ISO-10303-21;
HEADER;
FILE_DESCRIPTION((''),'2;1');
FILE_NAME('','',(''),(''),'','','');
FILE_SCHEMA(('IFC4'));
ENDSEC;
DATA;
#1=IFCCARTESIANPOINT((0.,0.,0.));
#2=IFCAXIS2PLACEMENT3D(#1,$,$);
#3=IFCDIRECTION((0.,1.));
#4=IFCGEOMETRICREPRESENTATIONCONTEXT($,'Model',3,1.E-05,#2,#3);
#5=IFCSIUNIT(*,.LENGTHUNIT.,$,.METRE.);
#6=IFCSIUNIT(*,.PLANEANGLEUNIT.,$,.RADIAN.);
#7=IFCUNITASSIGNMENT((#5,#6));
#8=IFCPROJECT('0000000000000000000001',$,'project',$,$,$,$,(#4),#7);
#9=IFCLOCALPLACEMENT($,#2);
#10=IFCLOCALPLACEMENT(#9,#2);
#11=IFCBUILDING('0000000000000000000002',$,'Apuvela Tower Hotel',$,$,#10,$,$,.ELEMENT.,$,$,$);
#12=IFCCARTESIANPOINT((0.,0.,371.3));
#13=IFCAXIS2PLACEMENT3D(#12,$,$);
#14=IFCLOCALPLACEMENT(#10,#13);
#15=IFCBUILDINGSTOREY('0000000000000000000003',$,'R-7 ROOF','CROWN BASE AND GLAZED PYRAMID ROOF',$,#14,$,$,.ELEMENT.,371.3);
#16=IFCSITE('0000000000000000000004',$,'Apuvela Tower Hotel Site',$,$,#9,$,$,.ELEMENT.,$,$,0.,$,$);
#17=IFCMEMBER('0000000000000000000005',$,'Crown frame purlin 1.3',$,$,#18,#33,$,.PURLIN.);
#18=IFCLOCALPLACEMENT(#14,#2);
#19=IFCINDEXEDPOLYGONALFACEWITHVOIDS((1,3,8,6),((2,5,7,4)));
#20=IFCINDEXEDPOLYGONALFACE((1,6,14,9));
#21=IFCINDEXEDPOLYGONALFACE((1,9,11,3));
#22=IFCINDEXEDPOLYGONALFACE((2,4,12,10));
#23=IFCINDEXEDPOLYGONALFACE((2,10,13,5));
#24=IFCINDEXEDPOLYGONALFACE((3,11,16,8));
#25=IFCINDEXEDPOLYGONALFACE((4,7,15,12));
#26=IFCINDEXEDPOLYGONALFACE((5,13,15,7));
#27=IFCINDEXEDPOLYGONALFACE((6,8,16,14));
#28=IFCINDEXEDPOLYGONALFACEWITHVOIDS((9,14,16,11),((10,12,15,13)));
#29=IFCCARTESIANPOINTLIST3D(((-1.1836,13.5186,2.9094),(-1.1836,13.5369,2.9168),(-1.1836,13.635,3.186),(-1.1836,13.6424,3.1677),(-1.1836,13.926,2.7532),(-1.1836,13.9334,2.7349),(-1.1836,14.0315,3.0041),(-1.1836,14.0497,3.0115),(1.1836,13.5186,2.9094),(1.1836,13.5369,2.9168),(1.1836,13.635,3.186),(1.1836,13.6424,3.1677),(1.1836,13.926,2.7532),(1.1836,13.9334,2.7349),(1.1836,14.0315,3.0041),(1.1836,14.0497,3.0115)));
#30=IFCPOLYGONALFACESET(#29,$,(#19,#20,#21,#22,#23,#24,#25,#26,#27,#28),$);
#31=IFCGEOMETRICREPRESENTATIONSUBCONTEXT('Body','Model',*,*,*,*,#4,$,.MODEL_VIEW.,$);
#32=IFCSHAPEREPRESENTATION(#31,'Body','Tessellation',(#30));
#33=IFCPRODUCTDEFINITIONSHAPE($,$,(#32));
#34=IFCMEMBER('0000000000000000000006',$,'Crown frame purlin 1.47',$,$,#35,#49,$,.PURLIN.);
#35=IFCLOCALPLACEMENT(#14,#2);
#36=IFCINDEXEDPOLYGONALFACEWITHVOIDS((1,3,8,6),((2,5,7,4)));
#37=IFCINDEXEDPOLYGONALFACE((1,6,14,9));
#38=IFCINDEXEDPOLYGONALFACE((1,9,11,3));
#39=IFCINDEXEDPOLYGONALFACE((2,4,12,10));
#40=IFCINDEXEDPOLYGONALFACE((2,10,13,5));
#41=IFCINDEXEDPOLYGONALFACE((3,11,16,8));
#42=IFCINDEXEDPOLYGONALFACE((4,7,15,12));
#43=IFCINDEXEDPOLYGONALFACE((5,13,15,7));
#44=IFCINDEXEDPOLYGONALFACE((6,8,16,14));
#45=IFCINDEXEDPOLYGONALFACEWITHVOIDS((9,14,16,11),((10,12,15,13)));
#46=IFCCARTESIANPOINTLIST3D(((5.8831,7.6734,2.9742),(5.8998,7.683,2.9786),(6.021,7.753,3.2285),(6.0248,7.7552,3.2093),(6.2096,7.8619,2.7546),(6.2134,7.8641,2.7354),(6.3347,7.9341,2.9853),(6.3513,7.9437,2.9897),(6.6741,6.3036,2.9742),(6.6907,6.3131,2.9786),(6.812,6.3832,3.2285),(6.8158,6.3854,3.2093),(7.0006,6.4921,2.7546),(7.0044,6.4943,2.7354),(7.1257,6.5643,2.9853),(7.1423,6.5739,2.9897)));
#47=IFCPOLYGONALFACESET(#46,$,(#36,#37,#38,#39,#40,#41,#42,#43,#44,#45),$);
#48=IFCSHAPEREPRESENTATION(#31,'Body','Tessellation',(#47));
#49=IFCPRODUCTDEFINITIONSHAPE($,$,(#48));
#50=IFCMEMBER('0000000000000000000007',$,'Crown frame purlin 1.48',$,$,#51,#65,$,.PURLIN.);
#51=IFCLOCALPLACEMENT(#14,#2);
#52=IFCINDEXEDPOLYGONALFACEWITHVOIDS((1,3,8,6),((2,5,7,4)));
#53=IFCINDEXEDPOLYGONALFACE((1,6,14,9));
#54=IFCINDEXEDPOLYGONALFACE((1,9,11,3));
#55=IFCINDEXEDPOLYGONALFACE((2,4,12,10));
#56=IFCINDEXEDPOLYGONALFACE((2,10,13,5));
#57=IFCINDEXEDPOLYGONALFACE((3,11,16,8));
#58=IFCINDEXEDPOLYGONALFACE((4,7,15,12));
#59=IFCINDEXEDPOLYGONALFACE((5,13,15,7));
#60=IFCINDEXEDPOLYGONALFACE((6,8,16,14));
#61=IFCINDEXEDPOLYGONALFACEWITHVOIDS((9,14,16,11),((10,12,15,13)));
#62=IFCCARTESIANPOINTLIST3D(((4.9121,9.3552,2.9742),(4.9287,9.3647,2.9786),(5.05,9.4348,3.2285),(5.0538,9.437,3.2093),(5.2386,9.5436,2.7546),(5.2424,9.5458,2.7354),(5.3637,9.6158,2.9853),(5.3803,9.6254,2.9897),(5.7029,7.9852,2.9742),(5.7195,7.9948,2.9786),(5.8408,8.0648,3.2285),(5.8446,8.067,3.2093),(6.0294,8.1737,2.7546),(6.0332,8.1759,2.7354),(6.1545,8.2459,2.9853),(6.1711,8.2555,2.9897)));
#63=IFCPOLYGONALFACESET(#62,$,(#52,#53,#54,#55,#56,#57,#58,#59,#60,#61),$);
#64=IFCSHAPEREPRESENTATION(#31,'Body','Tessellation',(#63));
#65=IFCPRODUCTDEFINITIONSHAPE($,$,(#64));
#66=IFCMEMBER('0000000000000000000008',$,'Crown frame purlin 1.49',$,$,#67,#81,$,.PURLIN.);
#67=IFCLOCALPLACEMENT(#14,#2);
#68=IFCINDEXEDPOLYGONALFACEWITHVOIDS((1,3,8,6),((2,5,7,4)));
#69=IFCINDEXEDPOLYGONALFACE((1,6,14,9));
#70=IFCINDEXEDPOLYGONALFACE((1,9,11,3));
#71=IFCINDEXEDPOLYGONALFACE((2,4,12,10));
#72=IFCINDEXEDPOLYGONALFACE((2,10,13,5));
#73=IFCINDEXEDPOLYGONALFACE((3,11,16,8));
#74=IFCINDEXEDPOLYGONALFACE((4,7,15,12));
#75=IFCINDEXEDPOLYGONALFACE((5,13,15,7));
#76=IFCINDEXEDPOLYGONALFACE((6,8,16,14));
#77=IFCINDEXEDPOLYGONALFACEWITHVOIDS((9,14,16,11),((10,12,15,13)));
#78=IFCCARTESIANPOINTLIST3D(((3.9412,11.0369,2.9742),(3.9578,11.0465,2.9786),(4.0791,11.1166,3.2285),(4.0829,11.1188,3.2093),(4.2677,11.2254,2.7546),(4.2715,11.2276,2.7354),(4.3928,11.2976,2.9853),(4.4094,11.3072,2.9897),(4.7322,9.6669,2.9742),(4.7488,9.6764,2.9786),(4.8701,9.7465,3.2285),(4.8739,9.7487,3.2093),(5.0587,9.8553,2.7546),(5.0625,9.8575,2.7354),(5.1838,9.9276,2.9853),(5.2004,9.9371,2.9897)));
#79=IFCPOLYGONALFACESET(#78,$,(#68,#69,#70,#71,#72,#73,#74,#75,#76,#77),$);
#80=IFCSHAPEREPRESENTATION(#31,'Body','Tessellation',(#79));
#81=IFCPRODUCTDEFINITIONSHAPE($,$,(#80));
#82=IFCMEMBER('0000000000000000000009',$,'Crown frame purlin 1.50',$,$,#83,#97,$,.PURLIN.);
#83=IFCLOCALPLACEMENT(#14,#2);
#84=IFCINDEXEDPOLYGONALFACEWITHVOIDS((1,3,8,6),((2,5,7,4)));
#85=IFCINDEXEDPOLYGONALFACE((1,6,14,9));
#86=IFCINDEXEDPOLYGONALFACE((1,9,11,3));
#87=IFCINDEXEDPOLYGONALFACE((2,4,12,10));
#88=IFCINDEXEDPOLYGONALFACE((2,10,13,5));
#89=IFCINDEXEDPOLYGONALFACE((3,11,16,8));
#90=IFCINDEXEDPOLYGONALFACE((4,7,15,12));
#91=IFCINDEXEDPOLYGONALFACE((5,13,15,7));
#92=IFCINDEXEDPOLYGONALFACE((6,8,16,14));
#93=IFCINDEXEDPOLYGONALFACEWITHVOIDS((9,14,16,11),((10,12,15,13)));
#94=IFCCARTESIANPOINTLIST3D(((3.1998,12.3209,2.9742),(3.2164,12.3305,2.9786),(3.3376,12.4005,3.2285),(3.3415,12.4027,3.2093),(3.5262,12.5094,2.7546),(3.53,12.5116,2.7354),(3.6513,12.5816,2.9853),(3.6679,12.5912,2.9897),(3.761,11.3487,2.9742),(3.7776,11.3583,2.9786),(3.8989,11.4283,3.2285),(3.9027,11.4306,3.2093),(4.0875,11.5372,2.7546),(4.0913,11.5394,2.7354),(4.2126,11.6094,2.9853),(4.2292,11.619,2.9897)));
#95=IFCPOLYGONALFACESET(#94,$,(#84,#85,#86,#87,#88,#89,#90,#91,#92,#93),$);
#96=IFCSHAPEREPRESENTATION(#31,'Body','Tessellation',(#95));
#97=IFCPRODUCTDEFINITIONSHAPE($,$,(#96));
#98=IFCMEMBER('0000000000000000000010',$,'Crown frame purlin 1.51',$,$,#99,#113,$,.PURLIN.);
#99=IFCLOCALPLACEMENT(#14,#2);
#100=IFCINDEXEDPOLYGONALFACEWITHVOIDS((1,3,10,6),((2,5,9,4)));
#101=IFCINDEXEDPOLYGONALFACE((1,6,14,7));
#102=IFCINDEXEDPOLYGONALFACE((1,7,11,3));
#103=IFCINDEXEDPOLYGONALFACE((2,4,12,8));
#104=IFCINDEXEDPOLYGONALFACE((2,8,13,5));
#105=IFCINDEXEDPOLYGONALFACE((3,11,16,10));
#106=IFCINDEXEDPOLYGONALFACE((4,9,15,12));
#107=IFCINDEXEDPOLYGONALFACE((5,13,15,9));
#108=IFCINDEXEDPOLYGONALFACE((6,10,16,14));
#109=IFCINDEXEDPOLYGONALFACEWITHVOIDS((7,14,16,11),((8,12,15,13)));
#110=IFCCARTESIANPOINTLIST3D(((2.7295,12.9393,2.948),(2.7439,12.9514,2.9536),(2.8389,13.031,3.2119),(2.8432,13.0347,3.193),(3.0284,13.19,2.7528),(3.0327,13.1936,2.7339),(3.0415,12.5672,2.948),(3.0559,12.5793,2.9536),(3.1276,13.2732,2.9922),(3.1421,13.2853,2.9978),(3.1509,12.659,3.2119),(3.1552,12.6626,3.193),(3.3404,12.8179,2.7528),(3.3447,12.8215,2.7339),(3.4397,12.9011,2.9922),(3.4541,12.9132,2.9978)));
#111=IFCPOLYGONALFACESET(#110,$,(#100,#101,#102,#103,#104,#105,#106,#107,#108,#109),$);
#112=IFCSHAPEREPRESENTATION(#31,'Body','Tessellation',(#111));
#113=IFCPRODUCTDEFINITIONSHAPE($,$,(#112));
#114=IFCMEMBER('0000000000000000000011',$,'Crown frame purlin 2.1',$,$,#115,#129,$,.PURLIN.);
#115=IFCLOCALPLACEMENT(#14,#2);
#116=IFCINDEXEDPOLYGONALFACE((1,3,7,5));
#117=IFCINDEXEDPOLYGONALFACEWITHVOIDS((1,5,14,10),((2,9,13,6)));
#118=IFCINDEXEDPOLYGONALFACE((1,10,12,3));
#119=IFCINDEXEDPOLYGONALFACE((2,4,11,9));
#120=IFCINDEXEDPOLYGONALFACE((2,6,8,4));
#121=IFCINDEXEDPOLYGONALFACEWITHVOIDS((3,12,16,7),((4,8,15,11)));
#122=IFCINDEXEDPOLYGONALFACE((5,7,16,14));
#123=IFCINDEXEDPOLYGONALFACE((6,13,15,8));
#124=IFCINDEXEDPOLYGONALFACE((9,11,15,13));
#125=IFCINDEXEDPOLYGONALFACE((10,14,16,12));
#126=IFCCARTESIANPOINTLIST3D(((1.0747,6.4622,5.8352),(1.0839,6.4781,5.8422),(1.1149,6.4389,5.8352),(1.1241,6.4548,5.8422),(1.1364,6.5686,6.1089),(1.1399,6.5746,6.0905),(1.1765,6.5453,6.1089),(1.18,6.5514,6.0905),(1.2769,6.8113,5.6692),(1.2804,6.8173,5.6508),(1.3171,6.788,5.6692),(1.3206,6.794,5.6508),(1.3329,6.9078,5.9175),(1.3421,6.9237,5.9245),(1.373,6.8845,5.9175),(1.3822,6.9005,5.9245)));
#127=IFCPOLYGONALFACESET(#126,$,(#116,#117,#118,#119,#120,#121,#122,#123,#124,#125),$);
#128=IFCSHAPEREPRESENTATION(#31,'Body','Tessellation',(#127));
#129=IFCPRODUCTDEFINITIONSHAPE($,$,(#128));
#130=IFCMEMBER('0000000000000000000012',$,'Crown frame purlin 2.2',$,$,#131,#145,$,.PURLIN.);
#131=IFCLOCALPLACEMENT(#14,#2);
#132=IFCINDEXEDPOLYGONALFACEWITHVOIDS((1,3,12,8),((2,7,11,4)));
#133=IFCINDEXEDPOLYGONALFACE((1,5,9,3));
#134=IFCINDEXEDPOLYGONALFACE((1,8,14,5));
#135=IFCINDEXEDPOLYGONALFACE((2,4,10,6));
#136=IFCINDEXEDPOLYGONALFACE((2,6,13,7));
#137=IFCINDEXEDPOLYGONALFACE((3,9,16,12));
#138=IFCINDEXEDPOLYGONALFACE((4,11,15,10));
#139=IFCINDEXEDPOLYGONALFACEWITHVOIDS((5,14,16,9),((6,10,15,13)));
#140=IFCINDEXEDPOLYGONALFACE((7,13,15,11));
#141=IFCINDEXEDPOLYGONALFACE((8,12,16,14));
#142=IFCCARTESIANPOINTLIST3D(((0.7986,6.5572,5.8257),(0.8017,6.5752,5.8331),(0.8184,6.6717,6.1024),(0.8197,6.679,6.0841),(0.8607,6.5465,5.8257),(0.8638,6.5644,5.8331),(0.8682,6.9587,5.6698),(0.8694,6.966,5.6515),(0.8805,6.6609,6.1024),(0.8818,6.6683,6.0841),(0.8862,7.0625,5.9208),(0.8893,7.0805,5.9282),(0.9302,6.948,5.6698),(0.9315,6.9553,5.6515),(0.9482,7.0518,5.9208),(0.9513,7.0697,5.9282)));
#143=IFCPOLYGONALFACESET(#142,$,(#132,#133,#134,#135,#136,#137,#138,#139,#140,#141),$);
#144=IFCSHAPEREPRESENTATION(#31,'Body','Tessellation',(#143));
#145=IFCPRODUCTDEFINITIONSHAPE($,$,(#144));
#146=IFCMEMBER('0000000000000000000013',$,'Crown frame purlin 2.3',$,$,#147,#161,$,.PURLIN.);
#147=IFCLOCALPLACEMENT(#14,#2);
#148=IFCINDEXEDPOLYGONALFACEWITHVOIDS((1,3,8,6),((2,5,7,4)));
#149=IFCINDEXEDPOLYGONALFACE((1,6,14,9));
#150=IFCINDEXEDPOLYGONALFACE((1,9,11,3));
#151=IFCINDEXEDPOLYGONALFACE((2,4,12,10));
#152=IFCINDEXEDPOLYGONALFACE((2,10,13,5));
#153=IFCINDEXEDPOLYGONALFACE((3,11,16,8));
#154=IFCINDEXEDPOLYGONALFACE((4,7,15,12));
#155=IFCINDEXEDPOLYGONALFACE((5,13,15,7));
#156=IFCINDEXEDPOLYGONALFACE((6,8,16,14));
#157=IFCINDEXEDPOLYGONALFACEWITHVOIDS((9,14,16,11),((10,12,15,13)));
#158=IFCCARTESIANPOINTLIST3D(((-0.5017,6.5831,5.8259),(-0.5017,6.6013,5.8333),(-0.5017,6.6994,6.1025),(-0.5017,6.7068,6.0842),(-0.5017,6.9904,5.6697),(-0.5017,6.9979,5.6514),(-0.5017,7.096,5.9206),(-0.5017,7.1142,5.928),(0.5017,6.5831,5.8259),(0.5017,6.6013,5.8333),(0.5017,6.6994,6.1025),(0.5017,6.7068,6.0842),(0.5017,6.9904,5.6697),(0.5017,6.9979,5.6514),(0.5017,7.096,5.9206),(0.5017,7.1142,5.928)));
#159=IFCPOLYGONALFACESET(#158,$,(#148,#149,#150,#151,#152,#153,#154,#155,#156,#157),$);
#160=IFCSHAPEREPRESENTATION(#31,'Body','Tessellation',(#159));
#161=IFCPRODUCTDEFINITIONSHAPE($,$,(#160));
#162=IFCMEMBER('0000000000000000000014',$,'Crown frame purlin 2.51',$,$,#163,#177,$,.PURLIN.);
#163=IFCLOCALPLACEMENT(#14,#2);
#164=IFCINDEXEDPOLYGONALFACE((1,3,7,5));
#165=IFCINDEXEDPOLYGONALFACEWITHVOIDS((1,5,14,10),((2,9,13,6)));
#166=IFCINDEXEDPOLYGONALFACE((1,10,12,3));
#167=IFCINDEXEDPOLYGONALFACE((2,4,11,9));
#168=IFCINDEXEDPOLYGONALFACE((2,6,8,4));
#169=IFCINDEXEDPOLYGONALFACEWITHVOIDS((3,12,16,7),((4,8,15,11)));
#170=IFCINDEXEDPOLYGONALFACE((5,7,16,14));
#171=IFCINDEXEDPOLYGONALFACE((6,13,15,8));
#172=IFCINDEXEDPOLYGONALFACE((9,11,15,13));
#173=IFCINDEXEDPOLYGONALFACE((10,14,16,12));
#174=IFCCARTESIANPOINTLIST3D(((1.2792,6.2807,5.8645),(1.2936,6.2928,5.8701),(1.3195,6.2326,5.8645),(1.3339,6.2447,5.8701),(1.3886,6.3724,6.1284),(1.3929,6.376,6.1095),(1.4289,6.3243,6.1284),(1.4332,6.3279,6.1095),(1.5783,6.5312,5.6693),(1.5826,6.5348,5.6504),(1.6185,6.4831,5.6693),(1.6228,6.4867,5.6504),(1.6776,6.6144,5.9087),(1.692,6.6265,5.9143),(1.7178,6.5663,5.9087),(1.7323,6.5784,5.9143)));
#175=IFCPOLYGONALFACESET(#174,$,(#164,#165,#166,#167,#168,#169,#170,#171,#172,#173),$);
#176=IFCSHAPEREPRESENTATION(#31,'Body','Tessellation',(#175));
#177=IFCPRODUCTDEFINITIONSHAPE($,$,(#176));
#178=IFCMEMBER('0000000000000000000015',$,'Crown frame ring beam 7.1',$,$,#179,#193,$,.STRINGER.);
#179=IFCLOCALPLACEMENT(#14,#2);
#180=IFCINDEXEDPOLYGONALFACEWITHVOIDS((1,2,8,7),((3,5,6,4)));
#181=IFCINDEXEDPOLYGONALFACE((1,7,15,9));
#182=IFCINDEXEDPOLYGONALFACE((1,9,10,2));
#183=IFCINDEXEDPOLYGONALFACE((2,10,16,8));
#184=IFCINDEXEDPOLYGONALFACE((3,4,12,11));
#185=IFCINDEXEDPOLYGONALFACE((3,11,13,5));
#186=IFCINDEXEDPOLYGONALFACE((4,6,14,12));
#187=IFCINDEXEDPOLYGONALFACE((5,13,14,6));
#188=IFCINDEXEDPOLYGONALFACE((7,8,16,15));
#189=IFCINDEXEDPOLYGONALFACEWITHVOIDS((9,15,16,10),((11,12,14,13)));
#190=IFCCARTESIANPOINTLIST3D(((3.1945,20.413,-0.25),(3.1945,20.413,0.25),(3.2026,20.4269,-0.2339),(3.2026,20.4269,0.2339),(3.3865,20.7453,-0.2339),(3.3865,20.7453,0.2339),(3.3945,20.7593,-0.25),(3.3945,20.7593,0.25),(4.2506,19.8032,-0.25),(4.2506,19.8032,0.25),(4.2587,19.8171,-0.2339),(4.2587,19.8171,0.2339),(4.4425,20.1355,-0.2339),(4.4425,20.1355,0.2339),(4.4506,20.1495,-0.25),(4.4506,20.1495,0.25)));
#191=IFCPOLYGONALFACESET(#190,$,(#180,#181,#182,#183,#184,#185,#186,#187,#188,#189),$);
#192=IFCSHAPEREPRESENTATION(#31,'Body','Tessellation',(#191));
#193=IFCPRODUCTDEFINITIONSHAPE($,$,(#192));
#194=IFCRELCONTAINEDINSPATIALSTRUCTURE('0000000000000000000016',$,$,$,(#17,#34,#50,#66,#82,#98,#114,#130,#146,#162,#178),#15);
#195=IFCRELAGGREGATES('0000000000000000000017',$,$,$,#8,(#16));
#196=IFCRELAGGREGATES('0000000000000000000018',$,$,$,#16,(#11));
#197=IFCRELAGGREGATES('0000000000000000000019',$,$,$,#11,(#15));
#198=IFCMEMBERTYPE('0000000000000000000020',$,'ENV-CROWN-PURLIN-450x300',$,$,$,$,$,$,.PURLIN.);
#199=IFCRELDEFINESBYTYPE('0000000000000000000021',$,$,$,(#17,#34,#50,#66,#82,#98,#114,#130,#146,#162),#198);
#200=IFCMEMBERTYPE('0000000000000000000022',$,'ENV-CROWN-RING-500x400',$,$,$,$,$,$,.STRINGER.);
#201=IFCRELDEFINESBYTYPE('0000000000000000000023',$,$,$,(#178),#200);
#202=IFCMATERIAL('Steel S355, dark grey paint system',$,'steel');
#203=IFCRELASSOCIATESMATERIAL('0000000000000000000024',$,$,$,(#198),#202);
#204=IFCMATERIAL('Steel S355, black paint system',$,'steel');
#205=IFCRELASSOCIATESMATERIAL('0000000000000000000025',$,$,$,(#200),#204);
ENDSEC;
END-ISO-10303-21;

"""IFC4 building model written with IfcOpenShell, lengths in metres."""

from ifc_helpers import new_model, si_unit, direction, frame, origin, origin_2d, place, context, subcontext, project, spatial, hollow_rectangle, extrude, material, material_profile, profile_set, type_object, element, save


model = new_model("IFC4")

# Units and contexts
model_context = context("Model", 3, precision=1e-05, world=origin(), true_north=direction((0.0, 1.0)))
body_context = subcontext(model_context, "Body", "Model", "MODEL_VIEW")
ifc_project = project(units=[si_unit("LENGTHUNIT", "METRE"), si_unit("PLANEANGLEUNIT", "RADIAN")], contexts=[model_context])

# Site, building, storey
site_placement = place(None, origin())
site = spatial("IfcSite", under=ifc_project, at=site_placement, Name="Apuvela Tower Hotel Site", CompositionType="ELEMENT", RefElevation=0.0)
building_placement = place(site_placement, origin())
building = spatial("IfcBuilding", under=site, at=building_placement, Name="Apuvela Tower Hotel", CompositionType="ELEMENT")
storey_placement = place(building_placement, frame((0.0, 0.0, 371.3)))
storey = spatial("IfcBuildingStorey", under=building, at=storey_placement, Name="R-7 ROOF", Description="CROWN BASE AND GLAZED PYRAMID ROOF", CompositionType="ELEMENT", Elevation=371.3)

# Members
ifc_material_1 = material(Name="Steel S355, dark grey paint system", Category="steel")
ifc_material_profile_1 = material_profile(ifc_material_1, hollow_rectangle(XDim=0.45, YDim=0.3, WallThickness=0.0139, at=origin_2d()), Name="HSS 450x300x14")
ifc_profile_set_1 = profile_set([ifc_material_profile_1], Name="Steel S355, dark grey paint system")
member_type_1 = type_object("IfcMemberType", Name="ENV-CROWN-PURLIN-450x300", PredefinedType="PURLIN", material=ifc_profile_set_1)
member_1_placement = place(storey_placement, frame((1.1836, 13.7842, 2.9604), z_axis=(-1.0, 0.0, 0.0), x_axis=(0.0, -0.921803, 0.387659)))
element("IfcMember", 1, at=member_1_placement, inside=storey, type_object=member_type_1, Name="Crown frame purlin 1.3", PredefinedType="PURLIN", context=body_context, shape_type="SweptSolid", body=[
    extrude(hollow_rectangle(XDim=0.45, YDim=0.3, WallThickness=0.0139, at=origin_2d()), origin(), (0.0, 0.0, 1.0), 2.3672),
])
for number, where, z_axis, x_axis, name in (
    (2, (6.9082, 6.4387, 2.9819), (-0.500056, 0.865993, 0.0), (-0.734009, -0.423844, 0.530647), "Crown frame purlin 1.47"),
    (3, (5.937, 8.1204, 2.9819), (-0.499941, 0.86606, 0.0), (-0.734066, -0.423746, 0.530647), "Crown frame purlin 1.48"),
):
    element("IfcMember", number, at=place(storey_placement, frame(where, z_axis=z_axis, x_axis=x_axis)), inside=storey, type_object=member_type_1, Name=name, PredefinedType="PURLIN", context=body_context, shape_type="SweptSolid", body=[
        extrude(hollow_rectangle(XDim=0.45, YDim=0.3, WallThickness=0.0139, at=origin_2d()), origin(), (0.0, 0.0, 1.0), 1.5818),
    ])
member_2_placement = place(storey_placement, frame((4.9663, 9.802, 2.9819), z_axis=(-0.49999, 0.866031, 0.0), x_axis=(-0.734042, -0.423788, 0.530647)))
element("IfcMember", 4, at=member_2_placement, inside=storey, type_object=member_type_1, Name="Crown frame purlin 1.49", PredefinedType="PURLIN", context=body_context, shape_type="SweptSolid", body=[
    extrude(hollow_rectangle(XDim=0.45, YDim=0.3, WallThickness=0.0139, at=origin_2d()), origin(), (0.0, 0.0, 1.0), 1.582),
])
member_3_placement = place(storey_placement, frame((3.9951, 11.4839, 2.9819), z_axis=(-0.499999, 0.866026, 0.0), x_axis=(-0.734038, -0.423795, 0.530647)))
element("IfcMember", 5, at=member_3_placement, inside=storey, type_object=member_type_1, Name="Crown frame purlin 1.50", PredefinedType="PURLIN", context=body_context, shape_type="SweptSolid", body=[
    extrude(hollow_rectangle(XDim=0.45, YDim=0.3, WallThickness=0.0139, at=origin_2d()), origin(), (0.0, 0.0, 1.0), 1.1226),
])
member_4_placement = place(storey_placement, frame((3.2478, 12.7402, 2.9729), z_axis=(-0.642555, 0.766239, 0.0), x_axis=(-0.673932, -0.565148, 0.475839)))
element("IfcMember", 6, at=member_4_placement, inside=storey, type_object=member_type_1, Name="Crown frame purlin 1.51", PredefinedType="PURLIN", context=body_context, shape_type="SweptSolid", body=[
    extrude(hollow_rectangle(XDim=0.45, YDim=0.3, WallThickness=0.0139, at=origin_2d()), origin(), (0.0, 0.0, 1.0), 0.4856),
])
member_5_placement = place(storey_placement, frame((1.2485, 6.6697, 5.8799), z_axis=(-0.865306, 0.501244, 0.0), x_axis=(-0.457218, -0.789302, 0.409823)))
element("IfcMember", 7, at=member_5_placement, inside=storey, type_object=member_type_1, Name="Crown frame purlin 2.1", PredefinedType="PURLIN", context=body_context, shape_type="SweptSolid", body=[
    extrude(hollow_rectangle(XDim=0.45, YDim=0.3, WallThickness=0.0139, at=origin_2d()), origin(), (0.0, 0.0, 1.0), 0.0464),
])
member_6_placement = place(storey_placement, frame((0.906, 6.8081, 5.877), z_axis=(-0.985325, 0.170686, 0.0), x_axis=(-0.157383, -0.908532, 0.387041)))
element("IfcMember", 8, at=member_6_placement, inside=storey, type_object=member_type_1, Name="Crown frame purlin 2.2", PredefinedType="PURLIN", context=body_context, shape_type="SweptSolid", body=[
    extrude(hollow_rectangle(XDim=0.45, YDim=0.3, WallThickness=0.0139, at=origin_2d()), origin(), (0.0, 0.0, 1.0), 0.063),
])
member_7_placement = place(storey_placement, frame((0.5017, 6.8486, 5.877), z_axis=(-1.0, 0.0, 0.0), x_axis=(0.0, -0.921803, 0.387659)))
element("IfcMember", 9, at=member_7_placement, inside=storey, type_object=member_type_1, Name="Crown frame purlin 2.3", PredefinedType="PURLIN", context=body_context, shape_type="SweptSolid", body=[
    extrude(hollow_rectangle(XDim=0.45, YDim=0.3, WallThickness=0.0139, at=origin_2d()), origin(), (0.0, 0.0, 1.0), 1.0034),
])
member_8_placement = place(storey_placement, frame((1.5259, 6.4055, 5.8894), z_axis=(-0.642096, 0.766624, 0.0), x_axis=(-0.674271, -0.564744, 0.475839)))
element("IfcMember", 10, at=member_8_placement, inside=storey, type_object=member_type_1, Name="Crown frame purlin 2.51", PredefinedType="PURLIN", context=body_context, shape_type="SweptSolid", body=[
    extrude(hollow_rectangle(XDim=0.45, YDim=0.3, WallThickness=0.0139, at=origin_2d()), origin(), (0.0, 0.0, 1.0), 0.0627),
])
ifc_material_2 = material(Name="Steel S355, black paint system", Category="steel")
ifc_material_profile_2 = material_profile(ifc_material_2, hollow_rectangle(XDim=0.3999, YDim=0.5, WallThickness=0.0161, at=origin_2d()), Name="HSS 500x400x16")
ifc_profile_set_2 = profile_set([ifc_material_profile_2], Name="Steel S355, black paint system")
member_type_2 = type_object("IfcMemberType", Name="ENV-CROWN-RING-500x400", PredefinedType="STRINGER", material=ifc_profile_set_2)
member_9_placement = place(storey_placement, frame((4.3506, 19.9763, 0.0), z_axis=(-0.865992, 0.500057, 0.0), x_axis=(-0.500057, -0.865992, 0.0)))
element("IfcMember", 11, at=member_9_placement, inside=storey, type_object=member_type_2, Name="Crown frame ring beam 7.1", PredefinedType="STRINGER", context=body_context, shape_type="SweptSolid", body=[
    extrude(hollow_rectangle(XDim=0.3999, YDim=0.5, WallThickness=0.0161, at=origin_2d()), origin(), (0.0, 0.0, 1.0), 1.2195),
])

save(model, "model.ifc")
